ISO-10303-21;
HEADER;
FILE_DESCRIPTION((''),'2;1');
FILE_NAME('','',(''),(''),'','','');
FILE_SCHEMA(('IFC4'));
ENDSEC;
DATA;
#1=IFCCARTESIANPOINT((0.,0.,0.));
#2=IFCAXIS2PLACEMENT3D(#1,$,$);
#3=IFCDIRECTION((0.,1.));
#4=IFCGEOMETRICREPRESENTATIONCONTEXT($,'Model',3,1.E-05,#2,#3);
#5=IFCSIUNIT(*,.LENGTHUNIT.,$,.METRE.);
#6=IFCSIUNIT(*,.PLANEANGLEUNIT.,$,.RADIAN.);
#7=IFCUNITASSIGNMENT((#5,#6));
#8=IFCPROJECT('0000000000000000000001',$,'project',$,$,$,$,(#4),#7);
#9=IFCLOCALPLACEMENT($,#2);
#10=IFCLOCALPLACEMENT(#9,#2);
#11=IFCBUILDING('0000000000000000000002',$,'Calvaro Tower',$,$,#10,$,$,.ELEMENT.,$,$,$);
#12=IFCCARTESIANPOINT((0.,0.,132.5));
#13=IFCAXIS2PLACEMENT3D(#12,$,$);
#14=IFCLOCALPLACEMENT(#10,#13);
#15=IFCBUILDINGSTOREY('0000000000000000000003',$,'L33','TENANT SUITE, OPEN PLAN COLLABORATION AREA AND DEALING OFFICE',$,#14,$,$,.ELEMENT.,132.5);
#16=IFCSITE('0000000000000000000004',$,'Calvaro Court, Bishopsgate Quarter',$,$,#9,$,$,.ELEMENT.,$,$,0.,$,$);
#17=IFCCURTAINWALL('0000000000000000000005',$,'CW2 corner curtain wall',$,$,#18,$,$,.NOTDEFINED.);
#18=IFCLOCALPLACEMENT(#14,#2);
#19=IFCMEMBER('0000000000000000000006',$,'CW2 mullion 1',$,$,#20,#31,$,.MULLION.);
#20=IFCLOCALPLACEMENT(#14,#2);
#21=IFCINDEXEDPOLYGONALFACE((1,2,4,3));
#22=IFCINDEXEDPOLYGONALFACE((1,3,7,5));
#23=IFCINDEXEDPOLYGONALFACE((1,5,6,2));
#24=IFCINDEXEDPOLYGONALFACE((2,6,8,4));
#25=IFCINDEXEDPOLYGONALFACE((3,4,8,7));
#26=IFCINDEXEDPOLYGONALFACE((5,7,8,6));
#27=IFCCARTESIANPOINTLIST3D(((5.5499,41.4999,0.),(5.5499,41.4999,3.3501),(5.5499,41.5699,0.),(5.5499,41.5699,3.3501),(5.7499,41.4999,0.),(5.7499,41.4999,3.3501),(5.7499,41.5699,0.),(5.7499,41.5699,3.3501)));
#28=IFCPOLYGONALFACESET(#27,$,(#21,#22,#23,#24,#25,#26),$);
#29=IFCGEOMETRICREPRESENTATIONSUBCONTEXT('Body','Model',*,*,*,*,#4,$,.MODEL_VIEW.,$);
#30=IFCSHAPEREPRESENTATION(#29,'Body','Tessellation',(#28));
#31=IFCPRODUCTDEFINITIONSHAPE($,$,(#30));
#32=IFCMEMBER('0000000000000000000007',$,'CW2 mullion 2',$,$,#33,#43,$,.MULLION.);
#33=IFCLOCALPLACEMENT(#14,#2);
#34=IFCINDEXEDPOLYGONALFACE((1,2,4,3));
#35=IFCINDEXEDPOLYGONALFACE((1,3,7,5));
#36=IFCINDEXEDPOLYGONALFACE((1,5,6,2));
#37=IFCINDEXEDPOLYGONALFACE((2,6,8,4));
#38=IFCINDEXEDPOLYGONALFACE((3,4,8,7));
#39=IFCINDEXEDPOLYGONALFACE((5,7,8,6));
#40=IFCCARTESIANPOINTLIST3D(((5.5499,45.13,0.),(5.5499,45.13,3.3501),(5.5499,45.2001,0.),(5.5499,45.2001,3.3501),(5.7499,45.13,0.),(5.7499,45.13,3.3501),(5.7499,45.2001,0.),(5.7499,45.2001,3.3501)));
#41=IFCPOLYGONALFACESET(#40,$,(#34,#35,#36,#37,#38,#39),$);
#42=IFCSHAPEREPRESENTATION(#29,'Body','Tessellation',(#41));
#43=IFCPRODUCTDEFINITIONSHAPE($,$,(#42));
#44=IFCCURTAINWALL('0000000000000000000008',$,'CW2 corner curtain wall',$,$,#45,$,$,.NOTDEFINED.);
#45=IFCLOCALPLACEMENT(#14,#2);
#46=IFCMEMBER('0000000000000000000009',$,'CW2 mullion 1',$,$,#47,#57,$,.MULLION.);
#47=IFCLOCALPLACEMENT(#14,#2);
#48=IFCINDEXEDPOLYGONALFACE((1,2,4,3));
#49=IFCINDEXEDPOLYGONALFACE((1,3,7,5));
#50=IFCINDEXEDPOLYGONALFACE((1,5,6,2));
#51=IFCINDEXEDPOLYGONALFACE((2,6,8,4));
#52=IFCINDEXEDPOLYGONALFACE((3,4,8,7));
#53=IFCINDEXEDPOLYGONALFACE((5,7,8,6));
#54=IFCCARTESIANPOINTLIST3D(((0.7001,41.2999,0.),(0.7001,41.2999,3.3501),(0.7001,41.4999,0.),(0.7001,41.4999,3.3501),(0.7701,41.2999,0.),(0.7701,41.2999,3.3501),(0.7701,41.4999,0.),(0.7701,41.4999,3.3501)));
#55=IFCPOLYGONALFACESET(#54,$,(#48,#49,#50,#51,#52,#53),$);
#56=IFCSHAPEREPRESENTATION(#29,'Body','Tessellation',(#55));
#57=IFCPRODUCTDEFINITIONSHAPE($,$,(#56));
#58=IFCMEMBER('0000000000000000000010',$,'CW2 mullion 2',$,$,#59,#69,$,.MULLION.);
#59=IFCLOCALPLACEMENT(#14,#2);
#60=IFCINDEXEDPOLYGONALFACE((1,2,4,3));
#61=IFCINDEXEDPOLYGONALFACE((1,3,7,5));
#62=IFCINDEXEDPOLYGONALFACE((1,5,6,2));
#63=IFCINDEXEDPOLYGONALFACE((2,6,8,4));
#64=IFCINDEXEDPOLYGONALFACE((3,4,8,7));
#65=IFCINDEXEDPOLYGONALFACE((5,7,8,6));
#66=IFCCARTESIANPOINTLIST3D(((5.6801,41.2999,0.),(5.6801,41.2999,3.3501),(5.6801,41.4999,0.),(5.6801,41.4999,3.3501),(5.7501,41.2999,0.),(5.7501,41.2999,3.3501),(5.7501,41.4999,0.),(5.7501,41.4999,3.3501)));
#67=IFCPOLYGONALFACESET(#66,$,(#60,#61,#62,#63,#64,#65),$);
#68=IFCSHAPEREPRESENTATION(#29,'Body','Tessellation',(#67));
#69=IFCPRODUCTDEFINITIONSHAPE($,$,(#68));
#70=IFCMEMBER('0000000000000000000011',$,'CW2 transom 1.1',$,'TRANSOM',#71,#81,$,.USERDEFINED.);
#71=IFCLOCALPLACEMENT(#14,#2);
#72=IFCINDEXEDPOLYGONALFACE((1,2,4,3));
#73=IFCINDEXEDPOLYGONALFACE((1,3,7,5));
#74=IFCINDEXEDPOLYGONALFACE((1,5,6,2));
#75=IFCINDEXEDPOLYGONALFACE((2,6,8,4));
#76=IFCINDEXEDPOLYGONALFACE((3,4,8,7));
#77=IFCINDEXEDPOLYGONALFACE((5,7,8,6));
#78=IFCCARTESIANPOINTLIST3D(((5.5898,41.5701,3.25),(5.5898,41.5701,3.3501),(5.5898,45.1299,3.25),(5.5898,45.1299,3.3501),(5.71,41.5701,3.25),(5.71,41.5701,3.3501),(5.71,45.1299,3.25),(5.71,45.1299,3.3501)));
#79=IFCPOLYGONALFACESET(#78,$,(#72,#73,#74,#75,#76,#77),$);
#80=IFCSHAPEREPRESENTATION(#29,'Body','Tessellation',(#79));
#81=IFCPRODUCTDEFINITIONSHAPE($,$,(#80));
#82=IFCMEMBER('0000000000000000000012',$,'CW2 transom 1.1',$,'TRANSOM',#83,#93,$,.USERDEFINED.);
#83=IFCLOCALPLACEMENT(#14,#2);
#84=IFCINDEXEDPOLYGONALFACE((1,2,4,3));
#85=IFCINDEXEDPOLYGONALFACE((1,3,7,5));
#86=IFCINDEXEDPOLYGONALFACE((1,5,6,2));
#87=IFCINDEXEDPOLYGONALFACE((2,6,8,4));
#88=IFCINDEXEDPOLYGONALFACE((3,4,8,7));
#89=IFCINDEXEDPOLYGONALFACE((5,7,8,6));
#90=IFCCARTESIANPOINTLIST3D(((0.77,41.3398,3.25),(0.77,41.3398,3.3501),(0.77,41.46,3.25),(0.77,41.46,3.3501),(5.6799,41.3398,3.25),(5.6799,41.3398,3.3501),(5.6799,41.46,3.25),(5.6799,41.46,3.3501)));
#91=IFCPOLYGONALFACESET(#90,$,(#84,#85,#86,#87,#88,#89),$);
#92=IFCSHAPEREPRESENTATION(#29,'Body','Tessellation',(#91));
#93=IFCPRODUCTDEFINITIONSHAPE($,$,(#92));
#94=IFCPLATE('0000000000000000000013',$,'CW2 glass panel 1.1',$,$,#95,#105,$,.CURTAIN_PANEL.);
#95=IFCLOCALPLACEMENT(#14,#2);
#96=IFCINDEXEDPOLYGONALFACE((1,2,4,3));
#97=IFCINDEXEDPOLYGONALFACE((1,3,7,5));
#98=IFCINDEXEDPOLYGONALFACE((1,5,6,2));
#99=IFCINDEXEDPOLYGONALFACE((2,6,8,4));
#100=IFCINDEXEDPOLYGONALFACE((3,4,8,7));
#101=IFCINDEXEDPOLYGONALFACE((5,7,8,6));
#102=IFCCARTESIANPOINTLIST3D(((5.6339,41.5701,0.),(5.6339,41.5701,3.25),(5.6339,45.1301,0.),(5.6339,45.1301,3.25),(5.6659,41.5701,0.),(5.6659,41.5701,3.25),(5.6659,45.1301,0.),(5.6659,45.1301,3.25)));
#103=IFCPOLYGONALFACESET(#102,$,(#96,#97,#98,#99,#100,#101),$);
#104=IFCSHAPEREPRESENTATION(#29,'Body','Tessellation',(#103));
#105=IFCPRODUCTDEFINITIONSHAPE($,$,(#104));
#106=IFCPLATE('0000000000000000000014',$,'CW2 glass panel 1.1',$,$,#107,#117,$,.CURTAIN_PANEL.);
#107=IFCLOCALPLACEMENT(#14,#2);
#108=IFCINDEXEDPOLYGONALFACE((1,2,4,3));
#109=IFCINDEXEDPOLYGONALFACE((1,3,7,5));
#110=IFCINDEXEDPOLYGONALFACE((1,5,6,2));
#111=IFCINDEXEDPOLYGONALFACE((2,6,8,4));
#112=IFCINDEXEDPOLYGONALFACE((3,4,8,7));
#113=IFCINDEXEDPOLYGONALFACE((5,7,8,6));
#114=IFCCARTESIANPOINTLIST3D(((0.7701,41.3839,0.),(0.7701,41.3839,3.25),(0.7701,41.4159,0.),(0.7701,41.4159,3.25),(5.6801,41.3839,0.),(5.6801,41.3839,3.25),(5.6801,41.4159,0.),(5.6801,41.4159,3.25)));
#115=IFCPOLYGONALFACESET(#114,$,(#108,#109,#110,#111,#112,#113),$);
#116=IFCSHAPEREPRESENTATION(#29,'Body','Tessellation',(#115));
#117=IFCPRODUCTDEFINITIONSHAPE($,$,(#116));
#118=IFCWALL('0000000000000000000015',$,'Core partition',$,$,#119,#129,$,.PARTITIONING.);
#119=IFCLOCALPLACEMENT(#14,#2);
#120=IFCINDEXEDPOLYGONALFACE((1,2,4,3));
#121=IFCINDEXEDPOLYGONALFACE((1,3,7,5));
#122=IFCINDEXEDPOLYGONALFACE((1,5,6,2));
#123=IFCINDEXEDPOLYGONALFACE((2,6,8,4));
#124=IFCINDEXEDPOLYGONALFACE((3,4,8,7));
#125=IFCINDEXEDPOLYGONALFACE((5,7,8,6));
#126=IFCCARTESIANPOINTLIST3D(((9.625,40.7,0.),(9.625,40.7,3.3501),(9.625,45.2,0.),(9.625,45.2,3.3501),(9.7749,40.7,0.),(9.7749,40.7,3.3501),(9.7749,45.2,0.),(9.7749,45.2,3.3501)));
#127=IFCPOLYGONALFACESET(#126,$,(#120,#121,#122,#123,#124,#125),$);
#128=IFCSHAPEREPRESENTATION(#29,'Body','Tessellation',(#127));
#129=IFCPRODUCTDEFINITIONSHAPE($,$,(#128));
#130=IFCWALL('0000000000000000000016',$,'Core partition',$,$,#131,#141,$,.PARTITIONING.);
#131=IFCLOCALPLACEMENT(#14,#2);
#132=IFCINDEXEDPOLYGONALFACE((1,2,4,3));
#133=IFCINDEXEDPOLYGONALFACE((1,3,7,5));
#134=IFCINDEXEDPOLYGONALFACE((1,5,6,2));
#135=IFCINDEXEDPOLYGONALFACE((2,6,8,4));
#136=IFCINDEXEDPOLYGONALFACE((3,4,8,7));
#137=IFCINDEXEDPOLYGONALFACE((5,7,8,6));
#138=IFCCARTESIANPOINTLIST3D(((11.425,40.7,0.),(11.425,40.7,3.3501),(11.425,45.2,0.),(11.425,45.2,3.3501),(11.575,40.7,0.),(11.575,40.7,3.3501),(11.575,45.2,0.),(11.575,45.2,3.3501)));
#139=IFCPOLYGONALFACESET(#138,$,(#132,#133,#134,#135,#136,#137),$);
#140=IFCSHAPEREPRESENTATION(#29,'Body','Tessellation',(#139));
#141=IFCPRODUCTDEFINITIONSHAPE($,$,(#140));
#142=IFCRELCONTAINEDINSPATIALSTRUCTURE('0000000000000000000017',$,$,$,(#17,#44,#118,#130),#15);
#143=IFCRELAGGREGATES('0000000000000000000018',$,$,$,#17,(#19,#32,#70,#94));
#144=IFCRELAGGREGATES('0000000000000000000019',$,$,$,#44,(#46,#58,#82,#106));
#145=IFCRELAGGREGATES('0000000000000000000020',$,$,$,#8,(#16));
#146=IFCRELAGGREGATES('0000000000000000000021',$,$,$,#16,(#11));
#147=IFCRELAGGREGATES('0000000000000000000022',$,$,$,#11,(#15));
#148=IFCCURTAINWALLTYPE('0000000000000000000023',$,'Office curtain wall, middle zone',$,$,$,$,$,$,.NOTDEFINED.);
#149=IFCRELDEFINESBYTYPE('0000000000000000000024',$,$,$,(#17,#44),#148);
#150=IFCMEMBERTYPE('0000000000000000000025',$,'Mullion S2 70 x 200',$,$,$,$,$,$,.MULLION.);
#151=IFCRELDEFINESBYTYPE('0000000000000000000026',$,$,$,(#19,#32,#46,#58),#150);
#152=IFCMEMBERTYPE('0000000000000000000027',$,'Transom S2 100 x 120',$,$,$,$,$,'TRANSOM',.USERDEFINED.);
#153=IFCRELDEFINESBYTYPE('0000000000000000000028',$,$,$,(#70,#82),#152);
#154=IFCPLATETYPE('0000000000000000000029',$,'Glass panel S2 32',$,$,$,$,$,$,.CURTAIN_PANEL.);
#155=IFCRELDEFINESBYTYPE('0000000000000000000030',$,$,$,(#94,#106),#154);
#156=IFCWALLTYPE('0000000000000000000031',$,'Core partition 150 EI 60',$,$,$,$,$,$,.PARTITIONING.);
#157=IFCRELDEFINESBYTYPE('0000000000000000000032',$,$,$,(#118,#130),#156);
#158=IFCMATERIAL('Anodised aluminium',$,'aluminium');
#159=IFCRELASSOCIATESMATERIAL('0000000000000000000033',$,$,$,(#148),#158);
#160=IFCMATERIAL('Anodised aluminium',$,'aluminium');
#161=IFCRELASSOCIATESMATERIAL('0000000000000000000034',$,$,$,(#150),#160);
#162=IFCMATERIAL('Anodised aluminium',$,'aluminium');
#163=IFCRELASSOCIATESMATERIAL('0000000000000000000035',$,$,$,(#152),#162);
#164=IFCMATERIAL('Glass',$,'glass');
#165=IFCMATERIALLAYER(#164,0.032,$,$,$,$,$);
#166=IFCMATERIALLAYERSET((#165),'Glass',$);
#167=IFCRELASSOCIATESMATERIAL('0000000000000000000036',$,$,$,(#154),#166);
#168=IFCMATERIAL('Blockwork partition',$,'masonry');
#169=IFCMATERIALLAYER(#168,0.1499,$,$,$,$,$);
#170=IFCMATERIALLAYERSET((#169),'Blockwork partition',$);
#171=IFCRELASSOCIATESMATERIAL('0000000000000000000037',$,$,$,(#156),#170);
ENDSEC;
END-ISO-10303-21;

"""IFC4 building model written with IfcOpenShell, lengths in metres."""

from ifc_helpers import new_model, si_unit, direction, frame, frame_2d, origin, origin_2d, place, context, subcontext, project, spatial, rectangle, extrude, material, layer, layer_set, material_profile, profile_set, type_object, element, aggregate, save


model = new_model("IFC4")

# Units and contexts
model_context = context("Model", 3, precision=1e-05, world=origin(), true_north=direction((0.0, 1.0)))
body_context = subcontext(model_context, "Body", "Model", "MODEL_VIEW")
ifc_project = project(units=[si_unit("LENGTHUNIT", "METRE"), si_unit("PLANEANGLEUNIT", "RADIAN")], contexts=[model_context])

# Site, building, storey
site_placement = place(None, origin())
site = spatial("IfcSite", under=ifc_project, at=site_placement, Name="Calvaro Court, Bishopsgate Quarter", CompositionType="ELEMENT", RefElevation=0.0)
building_placement = place(site_placement, origin())
building = spatial("IfcBuilding", under=site, at=building_placement, Name="Calvaro Tower", CompositionType="ELEMENT")
storey_placement = place(building_placement, frame((0.0, 0.0, 132.5)))
storey = spatial("IfcBuildingStorey", under=building, at=storey_placement, Name="L33", Description="TENANT SUITE, OPEN PLAN COLLABORATION AREA AND DEALING OFFICE", CompositionType="ELEMENT", Elevation=132.5)

# Curtain walls, members
ifc_material_1 = material(Name="Anodised aluminium", Category="aluminium")
curtain_wall_type = type_object("IfcCurtainWallType", Name="Office curtain wall, middle zone", PredefinedType="NOTDEFINED", material=ifc_material_1)
curtain_wall_1_placement = place(storey_placement, origin())
curtain_wall_1 = element("IfcCurtainWall", 1, at=curtain_wall_1_placement, inside=storey, type_object=curtain_wall_type, Name="CW2 corner curtain wall", PredefinedType="NOTDEFINED")
ifc_material_2 = material(Name="Anodised aluminium", Category="aluminium")
ifc_material_profile_1 = material_profile(ifc_material_2, rectangle(XDim=0.2, YDim=0.0701, at=origin_2d()), Name="Mullion S2 70 x 200")
ifc_profile_set_1 = profile_set([ifc_material_profile_1], Name="Anodised aluminium")
member_type_1 = type_object("IfcMemberType", Name="Mullion S2 70 x 200", PredefinedType="MULLION", material=ifc_profile_set_1)
member_1_placement = place(storey_placement, frame((5.6499, 41.5349, 0.0), z_axis=(0.0, 0.0, 1.0), x_axis=(-1.0, 0.0, 0.0)))
member_1 = element("IfcMember", 2, at=member_1_placement, type_object=member_type_1, Name="CW2 mullion 1", PredefinedType="MULLION", context=body_context, shape_type="SweptSolid", body=[
    extrude(rectangle(XDim=0.2, YDim=0.0701, at=origin_2d()), origin(), (0.0, 0.0, 1.0), 3.3501),
])
member_2_placement = place(storey_placement, frame((5.6499, 45.165, 0.0), z_axis=(0.0, 0.0, 1.0), x_axis=(-1.0, 0.0, 0.0)))
member_2 = element("IfcMember", 3, at=member_2_placement, type_object=member_type_1, Name="CW2 mullion 2", PredefinedType="MULLION", context=body_context, shape_type="SweptSolid", body=[
    extrude(rectangle(XDim=0.2, YDim=0.0701, at=origin_2d()), origin(), (0.0, 0.0, 1.0), 3.3501),
])
curtain_wall_2_placement = place(storey_placement, origin())
curtain_wall_2 = element("IfcCurtainWall", 4, at=curtain_wall_2_placement, inside=storey, type_object=curtain_wall_type, Name="CW2 corner curtain wall", PredefinedType="NOTDEFINED")
member_3_placement = place(storey_placement, frame((0.7351, 41.3999, 0.0), z_axis=(0.0, 0.0, 1.0), x_axis=(0.0, 1.0, 0.0)))
member_3 = element("IfcMember", 5, at=member_3_placement, type_object=member_type_1, Name="CW2 mullion 1", PredefinedType="MULLION", context=body_context, shape_type="SweptSolid", body=[
    extrude(rectangle(XDim=0.2, YDim=0.0701, at=origin_2d()), origin(), (0.0, 0.0, 1.0), 3.3501),
])
member_4_placement = place(storey_placement, frame((5.7151, 41.3999, 0.0), z_axis=(0.0, 0.0, 1.0), x_axis=(0.0, 1.0, 0.0)))
member_4 = element("IfcMember", 6, at=member_4_placement, type_object=member_type_1, Name="CW2 mullion 2", PredefinedType="MULLION", context=body_context, shape_type="SweptSolid", body=[
    extrude(rectangle(XDim=0.2, YDim=0.0701, at=origin_2d()), origin(), (0.0, 0.0, 1.0), 3.3501),
])

# Members
ifc_material_3 = material(Name="Anodised aluminium", Category="aluminium")
ifc_material_profile_2 = material_profile(ifc_material_3, rectangle(XDim=0.1201, YDim=0.1001, at=origin_2d()), Name="Transom S2 100 x 120")
ifc_profile_set_2 = profile_set([ifc_material_profile_2], Name="Anodised aluminium")
member_type_2 = type_object("IfcMemberType", Name="Transom S2 100 x 120", ElementType="TRANSOM", PredefinedType="USERDEFINED", material=ifc_profile_set_2)
member_5_placement = place(storey_placement, frame((5.6499, 41.5701, 3.3), z_axis=(0.0, 1.0, 0.0), x_axis=(-1.0, 0.0, 0.0)))
member_5 = element("IfcMember", 7, at=member_5_placement, type_object=member_type_2, Name="CW2 transom 1.1", ObjectType="TRANSOM", PredefinedType="USERDEFINED", context=body_context, shape_type="SweptSolid", body=[
    extrude(rectangle(XDim=0.1201, YDim=0.1001, at=origin_2d()), origin(), (0.0, 0.0, 1.0), 3.5598),
])
member_6_placement = place(storey_placement, frame((0.77, 41.3999, 3.3), z_axis=(1.0, 0.0, 0.0), x_axis=(0.0, 1.0, 0.0)))
member_6 = element("IfcMember", 8, at=member_6_placement, type_object=member_type_2, Name="CW2 transom 1.1", ObjectType="TRANSOM", PredefinedType="USERDEFINED", context=body_context, shape_type="SweptSolid", body=[
    extrude(rectangle(XDim=0.1201, YDim=0.1001, at=origin_2d()), origin(), (0.0, 0.0, 1.0), 4.9099),
])

# Plates
ifc_material_4 = material(Name="Glass", Category="glass")
ifc_layer_1 = layer(ifc_material_4, 0.032)
ifc_layer_set_1 = layer_set([ifc_layer_1], Name="Glass")
plate_type = type_object("IfcPlateType", Name="Glass panel S2 32", PredefinedType="CURTAIN_PANEL", material=ifc_layer_set_1)
plate_1_placement = place(storey_placement, frame((5.6499, 43.3501, 0.0), z_axis=(0.0, 0.0, 1.0), x_axis=(0.0, 1.0, 0.0)))
plate_1 = element("IfcPlate", 9, at=plate_1_placement, type_object=plate_type, Name="CW2 glass panel 1.1", PredefinedType="CURTAIN_PANEL", context=body_context, shape_type="SweptSolid", body=[
    extrude(rectangle(XDim=3.5601, YDim=0.032, at=origin_2d()), origin(), (0.0, 0.0, 1.0), 3.25),
])
aggregate(curtain_wall_1, [member_1, member_2, member_5, plate_1])
plate_2_placement = place(storey_placement, frame((3.2251, 41.3999, 0.0), z_axis=(0.0, 0.0, 1.0), x_axis=(1.0, 0.0, 0.0)))
plate_2 = element("IfcPlate", 10, at=plate_2_placement, type_object=plate_type, Name="CW2 glass panel 1.1", PredefinedType="CURTAIN_PANEL", context=body_context, shape_type="SweptSolid", body=[
    extrude(rectangle(XDim=4.9099, YDim=0.032, at=origin_2d()), origin(), (0.0, 0.0, 1.0), 3.25),
])
aggregate(curtain_wall_2, [member_3, member_4, member_6, plate_2])

# Walls
ifc_material_5 = material(Name="Blockwork partition", Category="masonry")
ifc_layer_2 = layer(ifc_material_5, 0.1499)
ifc_layer_set_2 = layer_set([ifc_layer_2], Name="Blockwork partition")
wall_type_1 = type_object("IfcWallType", Name="Core partition 150 EI 60", PredefinedType="PARTITIONING", material=ifc_layer_set_2)
for number, where, z_axis, x_axis, name in (
    (11, (9.7, 40.7, 0.0), (0.0, 0.0, 1.0), (0.0, 1.0, 0.0), "Core partition"),
    (12, (11.5, 40.7, 0.0), (0.0, 0.0, 1.0), (0.0, 1.0, 0.0), "Core partition"),
):
    element("IfcWall", number, at=place(storey_placement, frame(where, z_axis=z_axis, x_axis=x_axis)), inside=storey, type_object=wall_type_1, Name=name, PredefinedType="PARTITIONING", context=body_context, shape_type="SweptSolid", body=[
        extrude(rectangle(XDim=4.5, YDim=0.1499, at=frame_2d((2.25, 0.0))), origin(), (0.0, 0.0, 1.0), 3.3501),
    ])

save(model, "model.ifc")
